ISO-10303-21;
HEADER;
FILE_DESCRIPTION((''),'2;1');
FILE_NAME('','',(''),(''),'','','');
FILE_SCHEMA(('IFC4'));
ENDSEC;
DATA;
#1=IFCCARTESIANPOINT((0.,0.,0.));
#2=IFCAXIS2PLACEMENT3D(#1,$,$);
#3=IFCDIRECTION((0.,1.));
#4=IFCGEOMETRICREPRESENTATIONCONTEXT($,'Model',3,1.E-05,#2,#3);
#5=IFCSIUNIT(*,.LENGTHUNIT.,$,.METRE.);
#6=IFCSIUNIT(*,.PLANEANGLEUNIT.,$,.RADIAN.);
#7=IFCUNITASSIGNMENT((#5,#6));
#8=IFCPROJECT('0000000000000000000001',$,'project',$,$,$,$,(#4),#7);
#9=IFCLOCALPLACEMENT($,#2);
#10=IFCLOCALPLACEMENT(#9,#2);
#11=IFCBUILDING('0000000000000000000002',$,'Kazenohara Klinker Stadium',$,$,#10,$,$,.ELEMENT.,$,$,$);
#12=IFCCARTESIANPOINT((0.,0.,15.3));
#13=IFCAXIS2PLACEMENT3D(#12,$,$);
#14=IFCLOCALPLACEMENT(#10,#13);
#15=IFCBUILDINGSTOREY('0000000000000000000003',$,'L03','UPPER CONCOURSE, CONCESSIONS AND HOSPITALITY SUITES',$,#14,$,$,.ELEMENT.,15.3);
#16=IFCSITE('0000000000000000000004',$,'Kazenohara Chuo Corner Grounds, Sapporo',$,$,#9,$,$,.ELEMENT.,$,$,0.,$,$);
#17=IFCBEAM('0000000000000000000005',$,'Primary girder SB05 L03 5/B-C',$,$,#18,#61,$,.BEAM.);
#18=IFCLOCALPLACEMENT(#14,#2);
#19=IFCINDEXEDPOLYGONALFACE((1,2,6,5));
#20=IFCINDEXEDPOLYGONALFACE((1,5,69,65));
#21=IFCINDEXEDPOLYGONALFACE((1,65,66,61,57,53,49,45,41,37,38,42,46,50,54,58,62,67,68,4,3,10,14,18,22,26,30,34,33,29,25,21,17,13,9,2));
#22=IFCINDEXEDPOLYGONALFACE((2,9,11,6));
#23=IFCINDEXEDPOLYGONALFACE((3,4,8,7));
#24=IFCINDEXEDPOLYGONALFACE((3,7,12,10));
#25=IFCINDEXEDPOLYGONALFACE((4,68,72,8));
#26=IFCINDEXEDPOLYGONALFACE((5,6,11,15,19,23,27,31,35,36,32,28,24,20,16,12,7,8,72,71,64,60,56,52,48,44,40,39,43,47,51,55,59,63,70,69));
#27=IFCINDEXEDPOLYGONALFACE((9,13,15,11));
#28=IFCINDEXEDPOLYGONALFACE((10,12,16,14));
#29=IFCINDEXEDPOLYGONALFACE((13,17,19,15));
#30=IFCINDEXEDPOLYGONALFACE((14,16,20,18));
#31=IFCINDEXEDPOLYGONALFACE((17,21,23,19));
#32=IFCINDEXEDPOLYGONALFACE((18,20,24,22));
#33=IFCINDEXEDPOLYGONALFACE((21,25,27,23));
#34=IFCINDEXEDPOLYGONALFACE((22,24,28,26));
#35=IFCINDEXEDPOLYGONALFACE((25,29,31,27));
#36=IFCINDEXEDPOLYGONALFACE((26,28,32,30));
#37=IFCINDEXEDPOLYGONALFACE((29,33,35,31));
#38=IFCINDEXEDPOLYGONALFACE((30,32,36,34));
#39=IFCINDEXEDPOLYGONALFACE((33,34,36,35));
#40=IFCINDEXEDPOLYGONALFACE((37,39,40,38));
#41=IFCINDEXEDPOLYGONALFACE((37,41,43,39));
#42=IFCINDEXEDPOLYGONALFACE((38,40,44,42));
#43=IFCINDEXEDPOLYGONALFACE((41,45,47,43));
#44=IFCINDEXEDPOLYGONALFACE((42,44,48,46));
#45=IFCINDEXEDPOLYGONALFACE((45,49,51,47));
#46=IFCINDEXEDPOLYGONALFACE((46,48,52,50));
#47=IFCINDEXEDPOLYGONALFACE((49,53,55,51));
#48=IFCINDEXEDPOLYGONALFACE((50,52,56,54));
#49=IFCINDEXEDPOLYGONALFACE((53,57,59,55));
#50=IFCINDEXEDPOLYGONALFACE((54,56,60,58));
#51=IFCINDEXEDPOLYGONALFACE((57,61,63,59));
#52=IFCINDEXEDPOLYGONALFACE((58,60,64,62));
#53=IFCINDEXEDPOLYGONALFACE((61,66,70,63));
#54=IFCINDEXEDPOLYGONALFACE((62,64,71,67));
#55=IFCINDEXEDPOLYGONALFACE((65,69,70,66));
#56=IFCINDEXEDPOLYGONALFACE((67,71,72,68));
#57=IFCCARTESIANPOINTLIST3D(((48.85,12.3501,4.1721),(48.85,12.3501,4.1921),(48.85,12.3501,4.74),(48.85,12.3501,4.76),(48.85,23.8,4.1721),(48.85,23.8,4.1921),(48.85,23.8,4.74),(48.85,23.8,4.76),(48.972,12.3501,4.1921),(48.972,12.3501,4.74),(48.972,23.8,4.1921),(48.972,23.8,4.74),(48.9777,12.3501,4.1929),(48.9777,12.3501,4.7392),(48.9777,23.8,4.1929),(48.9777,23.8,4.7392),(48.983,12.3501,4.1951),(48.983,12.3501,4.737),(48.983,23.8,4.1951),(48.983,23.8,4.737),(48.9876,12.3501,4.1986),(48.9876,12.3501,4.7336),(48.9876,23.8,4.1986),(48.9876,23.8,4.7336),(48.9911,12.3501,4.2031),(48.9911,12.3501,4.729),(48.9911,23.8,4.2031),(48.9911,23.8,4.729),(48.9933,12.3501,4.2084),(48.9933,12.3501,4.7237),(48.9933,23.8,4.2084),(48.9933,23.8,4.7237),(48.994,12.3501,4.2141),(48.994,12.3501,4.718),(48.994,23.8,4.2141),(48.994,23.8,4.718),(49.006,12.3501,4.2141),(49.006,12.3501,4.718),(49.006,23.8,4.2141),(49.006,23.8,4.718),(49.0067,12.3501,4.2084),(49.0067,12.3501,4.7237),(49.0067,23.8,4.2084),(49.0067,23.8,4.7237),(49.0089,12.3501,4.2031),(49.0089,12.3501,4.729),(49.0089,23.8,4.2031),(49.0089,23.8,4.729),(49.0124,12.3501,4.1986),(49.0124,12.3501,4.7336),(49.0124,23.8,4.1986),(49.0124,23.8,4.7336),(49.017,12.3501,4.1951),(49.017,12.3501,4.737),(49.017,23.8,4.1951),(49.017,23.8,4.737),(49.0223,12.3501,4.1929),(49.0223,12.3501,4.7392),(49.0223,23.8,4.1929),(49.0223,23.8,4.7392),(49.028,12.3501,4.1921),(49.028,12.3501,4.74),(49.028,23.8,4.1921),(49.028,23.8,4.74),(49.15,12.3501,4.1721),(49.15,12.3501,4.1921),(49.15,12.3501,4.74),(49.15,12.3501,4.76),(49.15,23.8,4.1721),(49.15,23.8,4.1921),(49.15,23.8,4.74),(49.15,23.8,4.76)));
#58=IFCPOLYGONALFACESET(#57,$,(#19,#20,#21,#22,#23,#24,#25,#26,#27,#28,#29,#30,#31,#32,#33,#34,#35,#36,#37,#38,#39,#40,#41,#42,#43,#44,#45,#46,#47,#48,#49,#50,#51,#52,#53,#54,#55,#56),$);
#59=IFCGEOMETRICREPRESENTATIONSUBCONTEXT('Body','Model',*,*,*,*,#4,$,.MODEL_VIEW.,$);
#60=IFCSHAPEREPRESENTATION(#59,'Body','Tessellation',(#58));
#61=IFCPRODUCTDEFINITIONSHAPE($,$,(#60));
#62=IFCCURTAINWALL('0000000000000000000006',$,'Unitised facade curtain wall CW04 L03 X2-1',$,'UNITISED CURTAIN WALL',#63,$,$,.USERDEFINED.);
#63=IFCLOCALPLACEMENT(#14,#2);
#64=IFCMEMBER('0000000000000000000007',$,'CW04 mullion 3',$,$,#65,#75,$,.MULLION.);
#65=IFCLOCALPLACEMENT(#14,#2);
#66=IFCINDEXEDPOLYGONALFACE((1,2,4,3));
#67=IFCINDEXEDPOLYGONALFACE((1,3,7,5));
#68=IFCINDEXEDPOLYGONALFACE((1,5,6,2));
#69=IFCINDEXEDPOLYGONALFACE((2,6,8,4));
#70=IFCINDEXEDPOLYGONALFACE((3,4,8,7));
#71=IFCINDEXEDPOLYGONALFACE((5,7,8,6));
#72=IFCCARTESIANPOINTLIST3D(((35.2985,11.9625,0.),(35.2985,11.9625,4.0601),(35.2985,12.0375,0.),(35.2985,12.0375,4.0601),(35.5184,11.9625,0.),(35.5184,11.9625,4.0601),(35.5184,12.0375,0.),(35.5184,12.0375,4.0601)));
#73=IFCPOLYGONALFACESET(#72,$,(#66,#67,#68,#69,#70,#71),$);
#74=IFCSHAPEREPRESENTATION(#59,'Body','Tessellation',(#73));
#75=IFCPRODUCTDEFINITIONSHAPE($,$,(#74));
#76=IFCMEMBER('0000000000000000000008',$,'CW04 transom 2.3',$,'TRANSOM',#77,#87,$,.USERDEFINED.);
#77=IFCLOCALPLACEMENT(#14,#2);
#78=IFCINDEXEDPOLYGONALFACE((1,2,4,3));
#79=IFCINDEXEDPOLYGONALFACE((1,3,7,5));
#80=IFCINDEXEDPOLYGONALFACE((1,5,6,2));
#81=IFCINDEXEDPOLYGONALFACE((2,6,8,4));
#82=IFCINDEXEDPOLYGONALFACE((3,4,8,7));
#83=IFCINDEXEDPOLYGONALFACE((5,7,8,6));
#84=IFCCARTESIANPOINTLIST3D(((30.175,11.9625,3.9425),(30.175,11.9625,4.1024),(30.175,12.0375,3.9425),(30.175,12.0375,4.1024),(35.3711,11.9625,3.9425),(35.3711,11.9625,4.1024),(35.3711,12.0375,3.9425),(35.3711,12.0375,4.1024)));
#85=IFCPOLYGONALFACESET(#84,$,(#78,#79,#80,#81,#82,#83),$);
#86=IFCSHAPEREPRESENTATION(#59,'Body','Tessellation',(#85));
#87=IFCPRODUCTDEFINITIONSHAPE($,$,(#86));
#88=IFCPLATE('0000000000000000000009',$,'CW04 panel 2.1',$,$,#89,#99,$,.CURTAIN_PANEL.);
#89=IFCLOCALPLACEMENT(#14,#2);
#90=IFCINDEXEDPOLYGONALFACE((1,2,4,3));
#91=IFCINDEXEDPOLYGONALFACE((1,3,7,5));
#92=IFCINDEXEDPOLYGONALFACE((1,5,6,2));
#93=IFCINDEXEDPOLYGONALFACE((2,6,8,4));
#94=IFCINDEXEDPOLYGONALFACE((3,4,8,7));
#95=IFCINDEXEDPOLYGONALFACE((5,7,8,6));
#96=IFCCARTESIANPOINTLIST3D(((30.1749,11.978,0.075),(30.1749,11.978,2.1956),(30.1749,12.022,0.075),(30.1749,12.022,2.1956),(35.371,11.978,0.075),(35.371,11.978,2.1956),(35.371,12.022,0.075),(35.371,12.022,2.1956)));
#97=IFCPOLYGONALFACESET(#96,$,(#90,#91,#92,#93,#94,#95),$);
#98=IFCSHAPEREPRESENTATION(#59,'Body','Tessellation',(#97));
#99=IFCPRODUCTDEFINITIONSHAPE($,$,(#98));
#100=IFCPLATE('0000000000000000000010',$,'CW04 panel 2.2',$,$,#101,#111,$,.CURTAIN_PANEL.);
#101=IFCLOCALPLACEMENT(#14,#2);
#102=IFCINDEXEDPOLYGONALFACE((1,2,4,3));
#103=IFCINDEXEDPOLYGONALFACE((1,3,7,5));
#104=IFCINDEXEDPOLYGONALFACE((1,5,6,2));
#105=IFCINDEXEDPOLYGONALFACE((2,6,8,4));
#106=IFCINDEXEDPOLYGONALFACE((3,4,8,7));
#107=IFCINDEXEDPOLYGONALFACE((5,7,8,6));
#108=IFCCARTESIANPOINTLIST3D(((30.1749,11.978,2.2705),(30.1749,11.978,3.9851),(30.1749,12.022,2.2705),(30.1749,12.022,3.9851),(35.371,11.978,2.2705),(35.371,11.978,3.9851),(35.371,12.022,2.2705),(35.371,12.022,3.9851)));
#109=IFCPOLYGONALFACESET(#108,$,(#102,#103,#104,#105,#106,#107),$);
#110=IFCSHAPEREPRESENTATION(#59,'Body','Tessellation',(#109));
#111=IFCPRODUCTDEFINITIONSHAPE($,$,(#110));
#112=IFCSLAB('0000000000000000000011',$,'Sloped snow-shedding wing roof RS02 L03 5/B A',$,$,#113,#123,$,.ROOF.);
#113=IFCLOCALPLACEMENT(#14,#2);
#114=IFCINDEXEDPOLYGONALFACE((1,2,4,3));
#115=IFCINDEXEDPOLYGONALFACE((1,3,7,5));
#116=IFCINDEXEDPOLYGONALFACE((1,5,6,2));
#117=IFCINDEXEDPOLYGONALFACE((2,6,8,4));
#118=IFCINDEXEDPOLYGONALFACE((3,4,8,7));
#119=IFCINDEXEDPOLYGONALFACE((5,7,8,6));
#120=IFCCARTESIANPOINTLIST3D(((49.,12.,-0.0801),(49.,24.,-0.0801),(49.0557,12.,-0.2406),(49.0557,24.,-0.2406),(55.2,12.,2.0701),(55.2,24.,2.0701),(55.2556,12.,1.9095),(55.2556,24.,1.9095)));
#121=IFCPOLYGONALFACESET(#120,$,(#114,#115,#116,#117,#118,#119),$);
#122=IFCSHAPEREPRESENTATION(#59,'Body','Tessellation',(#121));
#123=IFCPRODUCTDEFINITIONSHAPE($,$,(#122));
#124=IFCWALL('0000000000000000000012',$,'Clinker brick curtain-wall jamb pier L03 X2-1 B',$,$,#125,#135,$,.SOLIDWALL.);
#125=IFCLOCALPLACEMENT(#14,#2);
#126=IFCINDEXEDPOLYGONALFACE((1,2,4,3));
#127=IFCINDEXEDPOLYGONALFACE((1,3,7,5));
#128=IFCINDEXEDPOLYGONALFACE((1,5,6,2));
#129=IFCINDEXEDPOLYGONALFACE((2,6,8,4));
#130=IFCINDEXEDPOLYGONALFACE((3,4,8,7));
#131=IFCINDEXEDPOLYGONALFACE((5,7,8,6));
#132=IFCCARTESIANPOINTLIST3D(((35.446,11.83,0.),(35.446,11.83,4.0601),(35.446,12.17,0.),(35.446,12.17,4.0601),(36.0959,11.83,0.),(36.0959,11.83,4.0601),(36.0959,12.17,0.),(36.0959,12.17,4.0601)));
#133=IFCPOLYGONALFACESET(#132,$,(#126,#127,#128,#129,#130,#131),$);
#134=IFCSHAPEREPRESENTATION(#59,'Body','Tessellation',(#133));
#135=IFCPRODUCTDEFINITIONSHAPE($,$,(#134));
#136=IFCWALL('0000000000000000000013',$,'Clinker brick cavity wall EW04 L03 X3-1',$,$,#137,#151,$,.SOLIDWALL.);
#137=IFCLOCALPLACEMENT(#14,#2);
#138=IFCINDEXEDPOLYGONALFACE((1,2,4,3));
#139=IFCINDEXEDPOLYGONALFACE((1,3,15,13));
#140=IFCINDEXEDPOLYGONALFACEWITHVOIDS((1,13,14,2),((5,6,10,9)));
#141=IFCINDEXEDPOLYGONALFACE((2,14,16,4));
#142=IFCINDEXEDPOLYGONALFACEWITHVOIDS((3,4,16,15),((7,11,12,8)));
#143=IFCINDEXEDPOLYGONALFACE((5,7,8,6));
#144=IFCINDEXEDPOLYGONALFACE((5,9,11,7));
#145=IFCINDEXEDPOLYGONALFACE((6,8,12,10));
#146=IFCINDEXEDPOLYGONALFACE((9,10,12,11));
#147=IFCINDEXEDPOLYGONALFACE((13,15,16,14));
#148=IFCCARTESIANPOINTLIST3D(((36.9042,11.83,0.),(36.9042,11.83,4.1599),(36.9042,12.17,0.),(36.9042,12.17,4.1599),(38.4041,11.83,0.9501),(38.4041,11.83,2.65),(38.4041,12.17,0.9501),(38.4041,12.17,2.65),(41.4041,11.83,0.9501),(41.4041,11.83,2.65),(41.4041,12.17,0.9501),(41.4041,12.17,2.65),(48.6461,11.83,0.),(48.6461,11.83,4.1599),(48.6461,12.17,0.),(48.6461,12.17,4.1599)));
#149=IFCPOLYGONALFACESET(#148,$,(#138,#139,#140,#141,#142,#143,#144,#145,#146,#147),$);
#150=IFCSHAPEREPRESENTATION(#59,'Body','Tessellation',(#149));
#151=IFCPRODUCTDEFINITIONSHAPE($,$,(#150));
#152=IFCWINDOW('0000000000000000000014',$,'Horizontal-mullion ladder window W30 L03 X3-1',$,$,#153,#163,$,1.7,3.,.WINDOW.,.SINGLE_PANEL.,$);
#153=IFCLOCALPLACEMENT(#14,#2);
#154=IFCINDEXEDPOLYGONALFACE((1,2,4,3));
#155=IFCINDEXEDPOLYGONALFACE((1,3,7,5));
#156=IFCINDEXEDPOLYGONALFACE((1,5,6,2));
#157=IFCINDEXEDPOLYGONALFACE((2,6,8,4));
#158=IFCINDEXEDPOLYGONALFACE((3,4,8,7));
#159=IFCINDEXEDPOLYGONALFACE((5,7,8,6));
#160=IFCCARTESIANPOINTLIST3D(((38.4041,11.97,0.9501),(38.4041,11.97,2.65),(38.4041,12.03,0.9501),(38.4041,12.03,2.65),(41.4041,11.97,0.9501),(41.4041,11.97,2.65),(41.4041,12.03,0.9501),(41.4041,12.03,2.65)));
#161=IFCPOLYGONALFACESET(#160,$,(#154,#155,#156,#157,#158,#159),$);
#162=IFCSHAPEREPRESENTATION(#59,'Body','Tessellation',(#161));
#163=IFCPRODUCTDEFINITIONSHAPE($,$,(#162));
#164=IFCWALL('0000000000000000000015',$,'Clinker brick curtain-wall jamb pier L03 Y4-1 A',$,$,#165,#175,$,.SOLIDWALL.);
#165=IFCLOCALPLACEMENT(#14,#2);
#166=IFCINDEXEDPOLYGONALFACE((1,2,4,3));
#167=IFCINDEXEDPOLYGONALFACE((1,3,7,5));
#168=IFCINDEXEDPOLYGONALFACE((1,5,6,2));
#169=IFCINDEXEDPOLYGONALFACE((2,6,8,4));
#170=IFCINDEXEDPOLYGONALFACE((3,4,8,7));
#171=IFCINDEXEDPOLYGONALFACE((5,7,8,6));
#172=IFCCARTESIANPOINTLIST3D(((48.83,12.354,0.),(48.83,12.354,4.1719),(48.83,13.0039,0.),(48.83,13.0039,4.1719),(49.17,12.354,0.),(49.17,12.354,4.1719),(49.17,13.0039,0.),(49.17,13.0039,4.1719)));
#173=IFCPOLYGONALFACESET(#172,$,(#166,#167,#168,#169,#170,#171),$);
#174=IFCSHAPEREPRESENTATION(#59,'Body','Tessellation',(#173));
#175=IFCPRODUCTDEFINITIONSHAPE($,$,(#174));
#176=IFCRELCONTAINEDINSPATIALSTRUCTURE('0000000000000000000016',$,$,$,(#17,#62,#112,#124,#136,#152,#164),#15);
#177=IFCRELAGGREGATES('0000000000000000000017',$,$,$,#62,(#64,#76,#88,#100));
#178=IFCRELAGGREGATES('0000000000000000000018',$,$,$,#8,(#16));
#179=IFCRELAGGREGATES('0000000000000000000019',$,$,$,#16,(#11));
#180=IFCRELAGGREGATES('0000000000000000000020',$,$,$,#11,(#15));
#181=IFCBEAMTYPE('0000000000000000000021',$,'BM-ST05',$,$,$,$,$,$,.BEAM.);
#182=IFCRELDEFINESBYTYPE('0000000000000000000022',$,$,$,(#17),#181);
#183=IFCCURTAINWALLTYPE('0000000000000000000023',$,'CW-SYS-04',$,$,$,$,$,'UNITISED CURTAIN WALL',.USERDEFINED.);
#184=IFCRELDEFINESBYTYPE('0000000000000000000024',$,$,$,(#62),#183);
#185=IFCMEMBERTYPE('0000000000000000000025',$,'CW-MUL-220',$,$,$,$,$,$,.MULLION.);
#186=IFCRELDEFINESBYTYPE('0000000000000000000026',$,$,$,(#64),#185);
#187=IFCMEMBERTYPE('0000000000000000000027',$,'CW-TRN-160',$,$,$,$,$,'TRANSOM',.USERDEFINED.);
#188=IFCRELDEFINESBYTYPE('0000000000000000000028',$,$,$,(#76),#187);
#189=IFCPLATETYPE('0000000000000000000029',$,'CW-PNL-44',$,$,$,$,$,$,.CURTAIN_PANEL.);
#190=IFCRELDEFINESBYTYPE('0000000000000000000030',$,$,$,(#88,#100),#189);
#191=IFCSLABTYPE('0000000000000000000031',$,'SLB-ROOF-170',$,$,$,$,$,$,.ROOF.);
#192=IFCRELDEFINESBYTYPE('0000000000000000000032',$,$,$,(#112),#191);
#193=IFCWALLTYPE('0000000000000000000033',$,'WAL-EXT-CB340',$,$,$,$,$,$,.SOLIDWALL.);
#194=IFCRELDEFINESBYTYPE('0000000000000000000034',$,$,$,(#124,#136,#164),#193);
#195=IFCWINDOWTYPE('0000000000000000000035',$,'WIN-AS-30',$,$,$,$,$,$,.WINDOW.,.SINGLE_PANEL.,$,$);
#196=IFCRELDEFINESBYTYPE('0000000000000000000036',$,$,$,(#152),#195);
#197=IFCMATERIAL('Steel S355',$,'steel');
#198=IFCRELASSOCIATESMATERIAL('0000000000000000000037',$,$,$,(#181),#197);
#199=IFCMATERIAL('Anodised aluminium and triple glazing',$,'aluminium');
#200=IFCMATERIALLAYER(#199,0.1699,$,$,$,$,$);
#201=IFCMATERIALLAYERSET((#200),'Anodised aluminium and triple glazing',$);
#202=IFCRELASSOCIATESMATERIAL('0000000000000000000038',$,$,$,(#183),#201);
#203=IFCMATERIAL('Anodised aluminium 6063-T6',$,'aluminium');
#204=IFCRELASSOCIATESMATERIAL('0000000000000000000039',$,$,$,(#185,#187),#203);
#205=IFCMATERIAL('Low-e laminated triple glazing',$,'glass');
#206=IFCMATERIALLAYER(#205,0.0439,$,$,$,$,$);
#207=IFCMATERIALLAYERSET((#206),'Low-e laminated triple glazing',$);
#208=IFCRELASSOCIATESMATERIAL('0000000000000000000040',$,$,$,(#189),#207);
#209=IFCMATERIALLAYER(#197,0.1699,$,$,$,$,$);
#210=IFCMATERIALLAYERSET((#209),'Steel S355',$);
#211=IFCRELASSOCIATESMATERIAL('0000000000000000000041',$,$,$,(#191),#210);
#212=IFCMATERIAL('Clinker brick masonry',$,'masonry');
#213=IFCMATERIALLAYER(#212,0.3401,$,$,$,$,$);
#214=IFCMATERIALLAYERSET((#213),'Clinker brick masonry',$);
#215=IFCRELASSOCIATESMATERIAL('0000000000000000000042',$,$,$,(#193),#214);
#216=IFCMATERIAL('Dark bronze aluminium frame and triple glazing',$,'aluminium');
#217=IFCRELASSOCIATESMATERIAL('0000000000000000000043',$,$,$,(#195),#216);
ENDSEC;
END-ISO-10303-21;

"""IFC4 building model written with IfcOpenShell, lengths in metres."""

from ifc_helpers import new_model, si_unit, direction, frame, frame_2d, origin, origin_2d, place, context, subcontext, project, spatial, polyline, rectangle, i_section, outline, extrude, material, layer, layer_set, material_profile, profile_set, type_object, element, fill, aggregate, save


model = new_model("IFC4")

# Units and contexts
model_context = context("Model", 3, precision=1e-05, world=origin(), true_north=direction((0.0, 1.0)))
body_context = subcontext(model_context, "Body", "Model", "MODEL_VIEW")
ifc_project = project(units=[si_unit("LENGTHUNIT", "METRE"), si_unit("PLANEANGLEUNIT", "RADIAN")], contexts=[model_context])

# Site, building, storey
site_placement = place(None, origin())
site = spatial("IfcSite", under=ifc_project, at=site_placement, Name="Kazenohara Chuo Corner Grounds, Sapporo", CompositionType="ELEMENT", RefElevation=0.0)
building_placement = place(site_placement, origin())
building = spatial("IfcBuilding", under=site, at=building_placement, Name="Kazenohara Klinker Stadium", CompositionType="ELEMENT")
storey_placement = place(building_placement, frame((0.0, 0.0, 15.3)))
storey = spatial("IfcBuildingStorey", under=building, at=storey_placement, Name="L03", Description="UPPER CONCOURSE, CONCESSIONS AND HOSPITALITY SUITES", CompositionType="ELEMENT", Elevation=15.3)

# Beam
ifc_material_1 = material(Name="Steel S355", Category="steel")
ifc_material_profile_1 = material_profile(ifc_material_1, i_section(OverallWidth=0.3, OverallDepth=0.5879, WebThickness=0.012, FlangeThickness=0.02, FilletRadius=0.022, at=origin_2d()), Name="H-588x300x12x20")
ifc_profile_set_1 = profile_set([ifc_material_profile_1], Name="Steel S355")
beam_type_1 = type_object("IfcBeamType", Name="BM-ST05", PredefinedType="BEAM", material=ifc_profile_set_1)
beam_1_placement = place(storey_placement, frame((49.0, 12.3501, 4.4661), z_axis=(0.0, 1.0, 0.0), x_axis=(-1.0, 0.0, 0.0)))
element("IfcBeam", 1, at=beam_1_placement, inside=storey, type_object=beam_type_1, Name="Primary girder SB05 L03 5/B-C", PredefinedType="BEAM", context=body_context, shape_type="SweptSolid", body=[
    extrude(i_section(OverallWidth=0.3, OverallDepth=0.5879, WebThickness=0.012, FlangeThickness=0.02, FilletRadius=0.022, at=origin_2d()), origin(), (0.0, 0.0, 1.0), 11.45),
])

# Curtain wall, members, plates
ifc_material_2 = material(Name="Anodised aluminium and triple glazing", Category="aluminium")
ifc_layer_1 = layer(ifc_material_2, 0.1699)
ifc_layer_set_1 = layer_set([ifc_layer_1], Name="Anodised aluminium and triple glazing")
curtain_wall_type = type_object("IfcCurtainWallType", Name="CW-SYS-04", ElementType="UNITISED CURTAIN WALL", PredefinedType="USERDEFINED", material=ifc_layer_set_1)
curtain_wall_placement = place(storey_placement, origin())
curtain_wall = element("IfcCurtainWall", 2, at=curtain_wall_placement, inside=storey, type_object=curtain_wall_type, Name="Unitised facade curtain wall CW04 L03 X2-1", ObjectType="UNITISED CURTAIN WALL", PredefinedType="USERDEFINED")
ifc_material_3 = material(Name="Anodised aluminium 6063-T6", Category="aluminium")
ifc_material_profile_2 = material_profile(ifc_material_3, rectangle(XDim=0.075, YDim=0.22, at=origin_2d()), Name="ALU-MUL-75x220")
ifc_profile_set_2 = profile_set([ifc_material_profile_2], Name="Anodised aluminium 6063-T6")
member_type_1 = type_object("IfcMemberType", Name="CW-MUL-220", PredefinedType="MULLION", material=ifc_profile_set_2)
member_1_placement = place(storey_placement, frame((35.4084, 12.0, 0.0), z_axis=(0.0, 0.0, 1.0), x_axis=(0.0, 1.0, 0.0)))
member_1 = element("IfcMember", 3, at=member_1_placement, type_object=member_type_1, Name="CW04 mullion 3", PredefinedType="MULLION", context=body_context, shape_type="SweptSolid", body=[
    extrude(rectangle(XDim=0.075, YDim=0.22, at=origin_2d()), origin(), (0.0, 0.0, 1.0), 4.0601),
])
ifc_material_profile_3 = material_profile(ifc_material_3, rectangle(XDim=0.075, YDim=0.1599, at=origin_2d()), Name="ALU-TRN-75x160")
ifc_profile_set_3 = profile_set([ifc_material_profile_3], Name="Anodised aluminium 6063-T6")
member_type_2 = type_object("IfcMemberType", Name="CW-TRN-160", ElementType="TRANSOM", PredefinedType="USERDEFINED", material=ifc_profile_set_3)
member_2_placement = place(storey_placement, frame((30.175, 12.0, 4.0225), z_axis=(1.0, 0.0, 0.0), x_axis=(0.0, 1.0, 0.0)))
member_2 = element("IfcMember", 4, at=member_2_placement, type_object=member_type_2, Name="CW04 transom 2.3", ObjectType="TRANSOM", PredefinedType="USERDEFINED", context=body_context, shape_type="SweptSolid", body=[
    extrude(rectangle(XDim=0.075, YDim=0.1599, at=origin_2d()), origin(), (0.0, 0.0, 1.0), 5.196),
])
ifc_material_4 = material(Name="Low-e laminated triple glazing", Category="glass")
ifc_layer_2 = layer(ifc_material_4, 0.0439)
ifc_layer_set_2 = layer_set([ifc_layer_2], Name="Low-e laminated triple glazing")
plate_type = type_object("IfcPlateType", Name="CW-PNL-44", PredefinedType="CURTAIN_PANEL", material=ifc_layer_set_2)
plate_1_placement = place(storey_placement, frame((32.7729, 12.0, 0.075), z_axis=(0.0, 0.0, 1.0), x_axis=(1.0, 0.0, 0.0)))
plate_1 = element("IfcPlate", 5, at=plate_1_placement, type_object=plate_type, Name="CW04 panel 2.1", PredefinedType="CURTAIN_PANEL", context=body_context, shape_type="SweptSolid", body=[
    extrude(rectangle(XDim=5.196, YDim=0.0439, at=origin_2d()), origin(), (0.0, 0.0, 1.0), 2.1206),
])
plate_2_placement = place(storey_placement, frame((32.7729, 12.0, 2.2705), z_axis=(0.0, 0.0, 1.0), x_axis=(1.0, 0.0, 0.0)))
plate_2 = element("IfcPlate", 6, at=plate_2_placement, type_object=plate_type, Name="CW04 panel 2.2", PredefinedType="CURTAIN_PANEL", context=body_context, shape_type="SweptSolid", body=[
    extrude(rectangle(XDim=5.196, YDim=0.0439, at=origin_2d()), origin(), (0.0, 0.0, 1.0), 1.7146),
])
aggregate(curtain_wall, [member_1, member_2, plate_1, plate_2])

# Slab
ifc_layer_3 = layer(ifc_material_1, 0.1699)
ifc_layer_set_3 = layer_set([ifc_layer_3], Name="Steel S355")
slab_type = type_object("IfcSlabType", Name="SLB-ROOF-170", PredefinedType="ROOF", material=ifc_layer_set_3)
slab_placement = place(storey_placement, frame((49.0, 12.0, -0.0801), z_axis=(-0.327656, 0.0, 0.944797), x_axis=(0.944797, 0.0, 0.327656)))
element("IfcSlab", 7, at=slab_placement, inside=storey, type_object=slab_type, Name="Sloped snow-shedding wing roof RS02 L03 5/B A", PredefinedType="ROOF", context=body_context, shape_type="SweptSolid", body=[
    extrude(outline(polyline([(0.0, 0.0), (6.5622, 0.0), (6.5622, 12.0), (0.0, 12.0), (0.0, 0.0)])), origin(), (0.0, 0.0, -1.0), 0.1699),
])

# Wall
ifc_material_5 = material(Name="Clinker brick masonry", Category="masonry")
ifc_layer_4 = layer(ifc_material_5, 0.3401)
ifc_layer_set_4 = layer_set([ifc_layer_4], Name="Clinker brick masonry")
wall_type_1 = type_object("IfcWallType", Name="WAL-EXT-CB340", PredefinedType="SOLIDWALL", material=ifc_layer_set_4)
wall_1_placement = place(storey_placement, frame((35.446, 12.0, 0.0), z_axis=(0.0, 0.0, 1.0), x_axis=(1.0, 0.0, 0.0)))
element("IfcWall", 8, at=wall_1_placement, inside=storey, type_object=wall_type_1, Name="Clinker brick curtain-wall jamb pier L03 X2-1 B", PredefinedType="SOLIDWALL", context=body_context, shape_type="SweptSolid", body=[
    extrude(rectangle(XDim=0.6499, YDim=0.3401, at=frame_2d((0.325, 0.0))), origin(), (0.0, 0.0, 1.0), 4.0601),
])

# Wall, opening, window
wall_2_placement = place(storey_placement, frame((36.9041, 12.0, 0.0), z_axis=(0.0, 0.0, 1.0), x_axis=(1.0, 0.0, 0.0)))
wall_2 = element("IfcWall", 9, at=wall_2_placement, inside=storey, type_object=wall_type_1, Name="Clinker brick cavity wall EW04 L03 X3-1", PredefinedType="SOLIDWALL", context=body_context, shape_type="SweptSolid", body=[
    extrude(rectangle(XDim=11.7419, YDim=0.3401, at=frame_2d((5.8711, 0.0))), origin(), (0.0, 0.0, 1.0), 4.1599),
])
opening_1_placement = place(wall_2_placement, frame((1.5, 0.0, 0.95)))
opening_1 = element("IfcOpeningElement", 10, at=opening_1_placement, cuts=wall_2, PredefinedType="OPENING", context=body_context, shape_type="SweptSolid", body=[
    extrude(rectangle(XDim=3.0, YDim=1.7, at=frame_2d((1.5, 0.8501))), frame((0.0, 0.1802, 0.0), z_axis=(0.0, -1.0, 0.0), x_axis=(1.0, 0.0, 0.0)), (0.0, 0.0, 1.0), 0.3601),
])
ifc_material_6 = material(Name="Dark bronze aluminium frame and triple glazing", Category="aluminium")
window_type = type_object("IfcWindowType", Name="WIN-AS-30", PartitioningType="SINGLE_PANEL", PredefinedType="WINDOW", material=ifc_material_6)
window_placement = place(opening_1_placement, origin())
window = element("IfcWindow", 11, at=window_placement, inside=storey, type_object=window_type, Name="Horizontal-mullion ladder window W30 L03 X3-1", OverallHeight=1.7, OverallWidth=3.0, PartitioningType="SINGLE_PANEL", PredefinedType="WINDOW", context=body_context, shape_type="SweptSolid", body=[
    extrude(rectangle(XDim=3.0, YDim=1.7, at=frame_2d((1.5, 0.8501))), frame((0.0, 0.03, 0.0), z_axis=(0.0, -1.0, 0.0), x_axis=(1.0, 0.0, 0.0)), (0.0, 0.0, 1.0), 0.0601),
])
fill(opening_1, window)

# Wall
wall_3_placement = place(storey_placement, frame((49.0, 12.354, 0.0), z_axis=(0.0, 0.0, 1.0), x_axis=(0.0, 1.0, 0.0)))
element("IfcWall", 12, at=wall_3_placement, inside=storey, type_object=wall_type_1, Name="Clinker brick curtain-wall jamb pier L03 Y4-1 A", PredefinedType="SOLIDWALL", context=body_context, shape_type="SweptSolid", body=[
    extrude(rectangle(XDim=0.6499, YDim=0.3401, at=frame_2d((0.325, 0.0))), origin(), (0.0, 0.0, 1.0), 4.1719),
])

save(model, "model.ifc")
